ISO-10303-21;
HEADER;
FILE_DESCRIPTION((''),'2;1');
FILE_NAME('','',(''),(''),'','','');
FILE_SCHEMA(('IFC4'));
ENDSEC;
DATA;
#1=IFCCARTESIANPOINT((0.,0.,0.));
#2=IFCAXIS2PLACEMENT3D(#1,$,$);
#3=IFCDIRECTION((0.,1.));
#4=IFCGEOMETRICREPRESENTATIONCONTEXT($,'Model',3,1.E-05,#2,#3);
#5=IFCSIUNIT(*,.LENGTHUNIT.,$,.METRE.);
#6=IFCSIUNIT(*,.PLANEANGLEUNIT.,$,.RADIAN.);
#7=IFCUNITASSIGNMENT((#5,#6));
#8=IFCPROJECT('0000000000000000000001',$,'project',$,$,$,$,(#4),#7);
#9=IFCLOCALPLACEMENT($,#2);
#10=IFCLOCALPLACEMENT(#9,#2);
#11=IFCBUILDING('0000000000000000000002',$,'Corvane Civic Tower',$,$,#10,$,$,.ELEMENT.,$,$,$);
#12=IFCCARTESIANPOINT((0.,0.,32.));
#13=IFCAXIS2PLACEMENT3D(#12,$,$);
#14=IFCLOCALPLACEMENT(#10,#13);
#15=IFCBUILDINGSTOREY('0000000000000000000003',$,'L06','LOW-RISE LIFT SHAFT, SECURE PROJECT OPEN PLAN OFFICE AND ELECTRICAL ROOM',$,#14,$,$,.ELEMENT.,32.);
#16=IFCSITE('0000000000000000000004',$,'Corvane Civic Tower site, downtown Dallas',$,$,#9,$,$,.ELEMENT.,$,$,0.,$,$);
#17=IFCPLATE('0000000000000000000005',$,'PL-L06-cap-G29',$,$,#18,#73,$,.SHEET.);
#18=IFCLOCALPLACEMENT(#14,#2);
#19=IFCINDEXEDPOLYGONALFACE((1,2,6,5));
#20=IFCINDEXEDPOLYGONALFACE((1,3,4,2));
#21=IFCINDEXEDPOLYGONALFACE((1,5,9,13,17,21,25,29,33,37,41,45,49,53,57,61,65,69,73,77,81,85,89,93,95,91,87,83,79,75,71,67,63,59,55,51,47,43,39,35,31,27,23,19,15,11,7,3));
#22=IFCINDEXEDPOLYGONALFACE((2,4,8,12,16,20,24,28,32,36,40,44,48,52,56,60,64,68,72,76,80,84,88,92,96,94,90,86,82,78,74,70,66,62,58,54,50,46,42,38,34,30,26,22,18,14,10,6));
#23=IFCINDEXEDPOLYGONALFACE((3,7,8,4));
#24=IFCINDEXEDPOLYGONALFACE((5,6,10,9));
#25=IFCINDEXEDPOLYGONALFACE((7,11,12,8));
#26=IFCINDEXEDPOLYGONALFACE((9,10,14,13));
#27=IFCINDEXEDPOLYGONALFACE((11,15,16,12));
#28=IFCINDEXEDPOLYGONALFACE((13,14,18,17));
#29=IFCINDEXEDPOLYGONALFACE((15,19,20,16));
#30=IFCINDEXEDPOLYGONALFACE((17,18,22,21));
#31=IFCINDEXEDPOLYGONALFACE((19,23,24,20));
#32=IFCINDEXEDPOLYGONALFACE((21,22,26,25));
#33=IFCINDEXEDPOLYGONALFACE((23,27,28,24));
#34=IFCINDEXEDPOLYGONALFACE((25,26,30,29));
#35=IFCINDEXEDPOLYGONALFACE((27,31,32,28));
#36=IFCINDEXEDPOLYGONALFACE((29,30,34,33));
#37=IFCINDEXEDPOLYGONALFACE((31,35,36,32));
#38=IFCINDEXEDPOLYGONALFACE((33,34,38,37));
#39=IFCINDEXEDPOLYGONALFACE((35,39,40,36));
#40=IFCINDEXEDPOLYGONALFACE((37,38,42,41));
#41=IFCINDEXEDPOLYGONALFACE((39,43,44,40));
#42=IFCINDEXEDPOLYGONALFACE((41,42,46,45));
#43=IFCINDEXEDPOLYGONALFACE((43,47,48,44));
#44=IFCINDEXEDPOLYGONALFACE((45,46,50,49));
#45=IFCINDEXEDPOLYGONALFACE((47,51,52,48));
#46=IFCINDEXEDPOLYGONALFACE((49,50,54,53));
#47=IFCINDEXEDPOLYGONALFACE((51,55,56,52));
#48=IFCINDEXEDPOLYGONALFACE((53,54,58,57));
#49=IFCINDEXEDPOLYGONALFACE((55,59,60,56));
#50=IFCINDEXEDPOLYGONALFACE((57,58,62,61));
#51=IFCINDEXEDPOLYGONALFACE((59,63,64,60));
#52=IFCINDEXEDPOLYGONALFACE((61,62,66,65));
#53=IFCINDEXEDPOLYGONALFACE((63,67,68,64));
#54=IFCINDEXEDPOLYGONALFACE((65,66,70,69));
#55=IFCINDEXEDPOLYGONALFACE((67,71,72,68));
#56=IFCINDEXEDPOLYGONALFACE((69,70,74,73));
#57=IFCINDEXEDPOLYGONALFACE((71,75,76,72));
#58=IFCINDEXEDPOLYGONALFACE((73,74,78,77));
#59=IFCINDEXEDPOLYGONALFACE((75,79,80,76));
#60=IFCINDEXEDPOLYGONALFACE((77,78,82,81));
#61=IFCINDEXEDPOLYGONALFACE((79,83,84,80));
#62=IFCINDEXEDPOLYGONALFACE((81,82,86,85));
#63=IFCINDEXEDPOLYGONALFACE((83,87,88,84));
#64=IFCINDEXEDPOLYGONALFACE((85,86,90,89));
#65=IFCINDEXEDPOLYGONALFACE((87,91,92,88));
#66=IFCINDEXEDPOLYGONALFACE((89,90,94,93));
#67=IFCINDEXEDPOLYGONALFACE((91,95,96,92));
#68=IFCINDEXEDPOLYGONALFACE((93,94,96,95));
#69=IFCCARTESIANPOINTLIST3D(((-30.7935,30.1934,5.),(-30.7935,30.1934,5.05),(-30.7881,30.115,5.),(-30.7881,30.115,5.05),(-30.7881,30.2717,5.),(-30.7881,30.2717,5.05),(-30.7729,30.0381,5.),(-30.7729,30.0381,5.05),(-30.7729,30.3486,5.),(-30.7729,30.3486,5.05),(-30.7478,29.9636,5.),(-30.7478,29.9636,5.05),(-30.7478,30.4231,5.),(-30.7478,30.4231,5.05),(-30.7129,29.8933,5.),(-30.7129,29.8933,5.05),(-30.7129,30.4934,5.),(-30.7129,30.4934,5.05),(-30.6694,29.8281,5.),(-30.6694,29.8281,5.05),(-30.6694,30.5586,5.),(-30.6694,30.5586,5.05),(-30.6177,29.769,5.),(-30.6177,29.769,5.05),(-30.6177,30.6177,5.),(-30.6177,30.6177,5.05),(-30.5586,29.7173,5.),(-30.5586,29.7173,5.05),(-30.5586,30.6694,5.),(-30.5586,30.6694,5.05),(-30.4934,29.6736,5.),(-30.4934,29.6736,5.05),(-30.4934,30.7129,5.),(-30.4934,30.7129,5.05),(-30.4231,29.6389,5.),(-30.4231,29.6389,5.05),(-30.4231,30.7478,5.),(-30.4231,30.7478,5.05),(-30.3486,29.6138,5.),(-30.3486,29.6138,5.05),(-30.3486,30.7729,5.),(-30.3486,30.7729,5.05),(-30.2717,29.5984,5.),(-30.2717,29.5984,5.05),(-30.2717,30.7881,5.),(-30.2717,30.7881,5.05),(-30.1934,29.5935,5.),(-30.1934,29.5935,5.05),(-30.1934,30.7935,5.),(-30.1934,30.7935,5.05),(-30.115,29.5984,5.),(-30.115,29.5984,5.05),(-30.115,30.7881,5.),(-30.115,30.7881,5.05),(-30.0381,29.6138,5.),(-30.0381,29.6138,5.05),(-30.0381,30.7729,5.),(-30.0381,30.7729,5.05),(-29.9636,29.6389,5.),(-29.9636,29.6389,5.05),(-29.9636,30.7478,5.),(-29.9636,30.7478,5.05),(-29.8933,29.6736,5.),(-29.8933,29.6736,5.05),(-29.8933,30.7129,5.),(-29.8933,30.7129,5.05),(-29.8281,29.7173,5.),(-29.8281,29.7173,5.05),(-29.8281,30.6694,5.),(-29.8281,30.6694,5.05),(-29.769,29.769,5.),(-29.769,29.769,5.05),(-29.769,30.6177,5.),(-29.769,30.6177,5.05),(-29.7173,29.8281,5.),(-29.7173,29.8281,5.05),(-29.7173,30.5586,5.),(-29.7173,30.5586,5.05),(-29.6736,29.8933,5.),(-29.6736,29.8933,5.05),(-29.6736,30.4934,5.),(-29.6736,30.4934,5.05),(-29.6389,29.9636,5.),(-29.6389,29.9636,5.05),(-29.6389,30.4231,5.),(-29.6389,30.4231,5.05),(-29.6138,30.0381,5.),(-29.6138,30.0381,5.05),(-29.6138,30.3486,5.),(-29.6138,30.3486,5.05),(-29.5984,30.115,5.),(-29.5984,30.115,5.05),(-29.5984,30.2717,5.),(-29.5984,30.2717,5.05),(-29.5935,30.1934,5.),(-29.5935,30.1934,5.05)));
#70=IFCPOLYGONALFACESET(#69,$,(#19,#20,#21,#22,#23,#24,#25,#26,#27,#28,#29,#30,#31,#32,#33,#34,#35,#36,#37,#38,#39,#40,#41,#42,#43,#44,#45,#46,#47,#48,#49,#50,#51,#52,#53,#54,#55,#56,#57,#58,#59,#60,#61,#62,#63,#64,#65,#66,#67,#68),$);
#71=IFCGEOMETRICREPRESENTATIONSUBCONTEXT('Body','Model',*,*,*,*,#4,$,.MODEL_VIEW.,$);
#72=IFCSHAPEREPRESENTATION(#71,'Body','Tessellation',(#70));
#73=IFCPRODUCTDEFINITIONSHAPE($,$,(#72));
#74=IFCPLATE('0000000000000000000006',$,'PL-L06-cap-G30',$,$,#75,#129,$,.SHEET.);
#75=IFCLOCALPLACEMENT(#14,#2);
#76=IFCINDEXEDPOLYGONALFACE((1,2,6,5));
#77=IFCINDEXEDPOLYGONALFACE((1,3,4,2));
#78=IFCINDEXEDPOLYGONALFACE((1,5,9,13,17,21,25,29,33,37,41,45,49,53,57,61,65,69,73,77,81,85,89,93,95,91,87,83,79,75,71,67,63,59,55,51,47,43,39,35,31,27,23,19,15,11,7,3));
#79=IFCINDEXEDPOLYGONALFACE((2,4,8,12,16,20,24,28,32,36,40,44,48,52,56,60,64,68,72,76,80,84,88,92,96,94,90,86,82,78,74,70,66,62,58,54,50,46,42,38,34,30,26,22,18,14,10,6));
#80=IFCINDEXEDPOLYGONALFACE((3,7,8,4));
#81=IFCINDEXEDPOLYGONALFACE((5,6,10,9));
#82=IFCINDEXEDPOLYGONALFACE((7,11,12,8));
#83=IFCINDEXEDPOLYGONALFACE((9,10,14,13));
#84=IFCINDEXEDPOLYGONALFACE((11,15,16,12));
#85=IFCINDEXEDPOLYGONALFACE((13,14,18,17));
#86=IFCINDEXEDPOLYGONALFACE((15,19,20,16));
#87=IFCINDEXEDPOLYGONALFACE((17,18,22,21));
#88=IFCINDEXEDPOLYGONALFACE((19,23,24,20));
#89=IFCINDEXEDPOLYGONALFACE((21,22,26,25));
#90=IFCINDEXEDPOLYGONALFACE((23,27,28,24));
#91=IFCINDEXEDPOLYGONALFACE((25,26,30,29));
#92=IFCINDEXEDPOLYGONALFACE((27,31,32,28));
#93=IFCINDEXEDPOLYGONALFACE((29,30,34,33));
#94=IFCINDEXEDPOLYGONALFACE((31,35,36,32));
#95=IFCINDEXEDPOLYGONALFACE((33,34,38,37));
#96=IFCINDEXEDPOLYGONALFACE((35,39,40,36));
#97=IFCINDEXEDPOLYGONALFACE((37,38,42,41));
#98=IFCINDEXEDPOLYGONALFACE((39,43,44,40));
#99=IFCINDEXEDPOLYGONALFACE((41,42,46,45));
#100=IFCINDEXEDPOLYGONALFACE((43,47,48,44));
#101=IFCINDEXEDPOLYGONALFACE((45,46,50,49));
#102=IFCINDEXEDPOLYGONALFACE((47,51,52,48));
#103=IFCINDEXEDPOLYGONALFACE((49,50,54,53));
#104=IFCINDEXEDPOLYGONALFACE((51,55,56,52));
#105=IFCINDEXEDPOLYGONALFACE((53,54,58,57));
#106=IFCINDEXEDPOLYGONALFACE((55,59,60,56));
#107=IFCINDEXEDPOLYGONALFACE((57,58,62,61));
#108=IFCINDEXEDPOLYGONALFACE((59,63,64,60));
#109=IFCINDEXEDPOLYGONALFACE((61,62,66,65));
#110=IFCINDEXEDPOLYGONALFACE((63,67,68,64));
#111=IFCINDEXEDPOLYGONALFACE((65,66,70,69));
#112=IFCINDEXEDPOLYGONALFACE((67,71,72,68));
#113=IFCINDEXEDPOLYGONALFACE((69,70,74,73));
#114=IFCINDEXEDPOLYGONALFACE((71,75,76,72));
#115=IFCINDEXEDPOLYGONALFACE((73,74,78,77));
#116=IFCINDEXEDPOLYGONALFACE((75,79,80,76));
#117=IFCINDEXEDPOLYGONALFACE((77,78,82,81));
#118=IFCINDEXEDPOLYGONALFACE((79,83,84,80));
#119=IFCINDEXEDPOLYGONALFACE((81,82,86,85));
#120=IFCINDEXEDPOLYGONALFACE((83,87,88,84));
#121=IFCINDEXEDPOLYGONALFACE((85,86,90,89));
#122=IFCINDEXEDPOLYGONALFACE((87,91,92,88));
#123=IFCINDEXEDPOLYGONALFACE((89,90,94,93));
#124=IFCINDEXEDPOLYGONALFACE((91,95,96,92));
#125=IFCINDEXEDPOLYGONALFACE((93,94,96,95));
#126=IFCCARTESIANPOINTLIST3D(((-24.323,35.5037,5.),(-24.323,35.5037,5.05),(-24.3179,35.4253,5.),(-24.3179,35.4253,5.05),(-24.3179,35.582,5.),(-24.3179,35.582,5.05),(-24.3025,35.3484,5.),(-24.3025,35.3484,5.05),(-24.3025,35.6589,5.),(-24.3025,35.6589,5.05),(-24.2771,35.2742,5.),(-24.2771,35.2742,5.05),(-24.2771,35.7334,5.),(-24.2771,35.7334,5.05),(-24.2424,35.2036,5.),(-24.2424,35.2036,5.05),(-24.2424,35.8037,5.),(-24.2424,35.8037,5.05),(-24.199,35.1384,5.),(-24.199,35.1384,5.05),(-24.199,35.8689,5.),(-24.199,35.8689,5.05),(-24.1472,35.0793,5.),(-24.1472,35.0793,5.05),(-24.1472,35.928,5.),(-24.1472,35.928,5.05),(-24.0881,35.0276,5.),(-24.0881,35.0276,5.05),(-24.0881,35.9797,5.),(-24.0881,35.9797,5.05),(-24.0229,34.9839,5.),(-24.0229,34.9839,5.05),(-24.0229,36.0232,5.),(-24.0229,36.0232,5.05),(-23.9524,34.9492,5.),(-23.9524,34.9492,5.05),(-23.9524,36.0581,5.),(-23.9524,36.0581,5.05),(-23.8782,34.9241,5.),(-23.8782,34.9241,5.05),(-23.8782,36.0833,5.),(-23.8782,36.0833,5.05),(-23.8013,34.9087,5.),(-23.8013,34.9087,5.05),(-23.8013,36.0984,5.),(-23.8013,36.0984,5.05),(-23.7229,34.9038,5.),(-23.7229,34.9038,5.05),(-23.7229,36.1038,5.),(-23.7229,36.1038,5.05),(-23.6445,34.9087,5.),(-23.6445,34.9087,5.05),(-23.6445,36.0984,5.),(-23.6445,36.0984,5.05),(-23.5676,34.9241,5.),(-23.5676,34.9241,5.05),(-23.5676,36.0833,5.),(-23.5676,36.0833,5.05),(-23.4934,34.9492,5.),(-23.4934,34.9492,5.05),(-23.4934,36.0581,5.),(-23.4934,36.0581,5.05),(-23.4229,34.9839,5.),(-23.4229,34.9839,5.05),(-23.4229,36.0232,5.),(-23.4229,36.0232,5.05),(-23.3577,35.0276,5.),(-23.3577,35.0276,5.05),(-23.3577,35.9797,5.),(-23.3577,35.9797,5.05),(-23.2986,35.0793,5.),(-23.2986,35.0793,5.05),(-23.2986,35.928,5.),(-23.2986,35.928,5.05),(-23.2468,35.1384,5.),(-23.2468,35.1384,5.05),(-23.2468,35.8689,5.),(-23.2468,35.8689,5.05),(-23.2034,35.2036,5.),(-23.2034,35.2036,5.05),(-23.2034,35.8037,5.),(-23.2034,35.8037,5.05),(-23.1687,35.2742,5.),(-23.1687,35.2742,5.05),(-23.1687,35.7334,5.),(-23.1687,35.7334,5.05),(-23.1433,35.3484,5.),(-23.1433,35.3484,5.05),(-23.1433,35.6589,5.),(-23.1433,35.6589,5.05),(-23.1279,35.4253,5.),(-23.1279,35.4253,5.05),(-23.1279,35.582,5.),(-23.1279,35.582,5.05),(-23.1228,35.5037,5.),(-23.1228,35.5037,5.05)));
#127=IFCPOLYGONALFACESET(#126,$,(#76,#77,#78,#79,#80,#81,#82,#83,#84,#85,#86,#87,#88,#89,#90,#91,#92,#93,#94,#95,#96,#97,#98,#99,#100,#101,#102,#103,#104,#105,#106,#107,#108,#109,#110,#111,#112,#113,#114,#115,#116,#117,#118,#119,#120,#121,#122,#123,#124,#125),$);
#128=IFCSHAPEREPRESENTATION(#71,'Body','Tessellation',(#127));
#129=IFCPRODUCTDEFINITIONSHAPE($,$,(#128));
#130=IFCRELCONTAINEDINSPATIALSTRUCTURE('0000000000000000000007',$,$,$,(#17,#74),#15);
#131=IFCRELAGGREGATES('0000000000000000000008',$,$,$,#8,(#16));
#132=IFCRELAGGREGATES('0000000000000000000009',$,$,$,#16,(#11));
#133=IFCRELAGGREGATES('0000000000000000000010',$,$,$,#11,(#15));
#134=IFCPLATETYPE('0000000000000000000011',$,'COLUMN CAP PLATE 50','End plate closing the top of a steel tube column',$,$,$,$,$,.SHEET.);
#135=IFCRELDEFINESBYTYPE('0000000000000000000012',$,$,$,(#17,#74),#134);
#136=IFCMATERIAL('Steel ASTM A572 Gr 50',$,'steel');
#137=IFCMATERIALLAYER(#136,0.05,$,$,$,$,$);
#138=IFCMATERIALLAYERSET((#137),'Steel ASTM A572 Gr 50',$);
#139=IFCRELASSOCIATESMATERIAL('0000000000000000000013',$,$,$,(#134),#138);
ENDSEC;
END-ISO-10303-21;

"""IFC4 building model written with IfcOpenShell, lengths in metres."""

from ifc_helpers import new_model, si_unit, direction, frame, origin, place, context, subcontext, project, spatial, polyline, outline, extrude, material, layer, layer_set, type_object, element, save


model = new_model("IFC4")

# Units and contexts
model_context = context("Model", 3, precision=1e-05, world=origin(), true_north=direction((0.0, 1.0)))
body_context = subcontext(model_context, "Body", "Model", "MODEL_VIEW")
ifc_project = project(units=[si_unit("LENGTHUNIT", "METRE"), si_unit("PLANEANGLEUNIT", "RADIAN")], contexts=[model_context])

# Site, building, storey
site_placement = place(None, origin())
site = spatial("IfcSite", under=ifc_project, at=site_placement, Name="Corvane Civic Tower site, downtown Dallas", CompositionType="ELEMENT", RefElevation=0.0)
building_placement = place(site_placement, origin())
building = spatial("IfcBuilding", under=site, at=building_placement, Name="Corvane Civic Tower", CompositionType="ELEMENT")
storey_placement = place(building_placement, frame((0.0, 0.0, 32.0)))
storey = spatial("IfcBuildingStorey", under=building, at=storey_placement, Name="L06", Description="LOW-RISE LIFT SHAFT, SECURE PROJECT OPEN PLAN OFFICE AND ELECTRICAL ROOM", CompositionType="ELEMENT", Elevation=32.0)

# Plates
ifc_material_1 = material(Name="Steel ASTM A572 Gr 50", Category="steel")
ifc_layer = layer(ifc_material_1, 0.05)
ifc_layer_set = layer_set([ifc_layer], Name="Steel ASTM A572 Gr 50")
plate_type = type_object("IfcPlateType", Name="COLUMN CAP PLATE 50", Description="End plate closing the top of a steel tube column", PredefinedType="SHEET", material=ifc_layer_set)
plate_1_placement = place(storey_placement, frame((0.0, 0.0, 5.0)))
element("IfcPlate", 1, at=plate_1_placement, inside=storey, type_object=plate_type, Name="PL-L06-cap-G29", PredefinedType="SHEET", context=body_context, shape_type="SweptSolid", body=[
    extrude(outline(polyline([(-29.5935, 30.1934), (-29.5984, 30.2717), (-29.6138, 30.3486), (-29.6389, 30.4231), (-29.6736, 30.4934), (-29.7173, 30.5586), (-29.769, 30.6177), (-29.8281, 30.6694), (-29.8933, 30.7129), (-29.9636, 30.7478), (-30.0381, 30.7729), (-30.115, 30.7881), (-30.1934, 30.7935), (-30.2717, 30.7881), (-30.3486, 30.7729), (-30.4231, 30.7478), (-30.4934, 30.7129), (-30.5586, 30.6694), (-30.6177, 30.6177), (-30.6694, 30.5586), (-30.7129, 30.4934), (-30.7478, 30.4231), (-30.7729, 30.3486), (-30.7881, 30.2717), (-30.7935, 30.1934), (-30.7881, 30.115), (-30.7729, 30.0381), (-30.7478, 29.9636), (-30.7129, 29.8933), (-30.6694, 29.8281), (-30.6177, 29.769), (-30.5586, 29.7173), (-30.4934, 29.6736), (-30.4231, 29.6389), (-30.3486, 29.6138), (-30.2717, 29.5984), (-30.1934, 29.5935), (-30.115, 29.5984), (-30.0381, 29.6138), (-29.9636, 29.6389), (-29.8933, 29.6736), (-29.8281, 29.7173), (-29.769, 29.769), (-29.7173, 29.8281), (-29.6736, 29.8933), (-29.6389, 29.9636), (-29.6138, 30.0381), (-29.5984, 30.115), (-29.5935, 30.1934)])), origin(), (0.0, 0.0, 1.0), 0.05),
])
plate_2_placement = place(storey_placement, frame((0.0, 0.0, 5.0)))
element("IfcPlate", 2, at=plate_2_placement, inside=storey, type_object=plate_type, Name="PL-L06-cap-G30", PredefinedType="SHEET", context=body_context, shape_type="SweptSolid", body=[
    extrude(outline(polyline([(-23.1228, 35.5037), (-23.1279, 35.582), (-23.1433, 35.6589), (-23.1687, 35.7334), (-23.2034, 35.8037), (-23.2468, 35.8689), (-23.2986, 35.928), (-23.3577, 35.9797), (-23.4229, 36.0232), (-23.4934, 36.0581), (-23.5676, 36.0833), (-23.6445, 36.0984), (-23.7229, 36.1038), (-23.8013, 36.0984), (-23.8782, 36.0833), (-23.9524, 36.0581), (-24.0229, 36.0232), (-24.0881, 35.9797), (-24.1472, 35.928), (-24.199, 35.8689), (-24.2424, 35.8037), (-24.2771, 35.7334), (-24.3025, 35.6589), (-24.3179, 35.582), (-24.323, 35.5037), (-24.3179, 35.4253), (-24.3025, 35.3484), (-24.2771, 35.2742), (-24.2424, 35.2036), (-24.199, 35.1384), (-24.1472, 35.0793), (-24.0881, 35.0276), (-24.0229, 34.9839), (-23.9524, 34.9492), (-23.8782, 34.9241), (-23.8013, 34.9087), (-23.7229, 34.9038), (-23.6445, 34.9087), (-23.5676, 34.9241), (-23.4934, 34.9492), (-23.4229, 34.9839), (-23.3577, 35.0276), (-23.2986, 35.0793), (-23.2468, 35.1384), (-23.2034, 35.2036), (-23.1687, 35.2742), (-23.1433, 35.3484), (-23.1279, 35.4253), (-23.1228, 35.5037)])), origin(), (0.0, 0.0, 1.0), 0.05),
])

save(model, "model.ifc")
